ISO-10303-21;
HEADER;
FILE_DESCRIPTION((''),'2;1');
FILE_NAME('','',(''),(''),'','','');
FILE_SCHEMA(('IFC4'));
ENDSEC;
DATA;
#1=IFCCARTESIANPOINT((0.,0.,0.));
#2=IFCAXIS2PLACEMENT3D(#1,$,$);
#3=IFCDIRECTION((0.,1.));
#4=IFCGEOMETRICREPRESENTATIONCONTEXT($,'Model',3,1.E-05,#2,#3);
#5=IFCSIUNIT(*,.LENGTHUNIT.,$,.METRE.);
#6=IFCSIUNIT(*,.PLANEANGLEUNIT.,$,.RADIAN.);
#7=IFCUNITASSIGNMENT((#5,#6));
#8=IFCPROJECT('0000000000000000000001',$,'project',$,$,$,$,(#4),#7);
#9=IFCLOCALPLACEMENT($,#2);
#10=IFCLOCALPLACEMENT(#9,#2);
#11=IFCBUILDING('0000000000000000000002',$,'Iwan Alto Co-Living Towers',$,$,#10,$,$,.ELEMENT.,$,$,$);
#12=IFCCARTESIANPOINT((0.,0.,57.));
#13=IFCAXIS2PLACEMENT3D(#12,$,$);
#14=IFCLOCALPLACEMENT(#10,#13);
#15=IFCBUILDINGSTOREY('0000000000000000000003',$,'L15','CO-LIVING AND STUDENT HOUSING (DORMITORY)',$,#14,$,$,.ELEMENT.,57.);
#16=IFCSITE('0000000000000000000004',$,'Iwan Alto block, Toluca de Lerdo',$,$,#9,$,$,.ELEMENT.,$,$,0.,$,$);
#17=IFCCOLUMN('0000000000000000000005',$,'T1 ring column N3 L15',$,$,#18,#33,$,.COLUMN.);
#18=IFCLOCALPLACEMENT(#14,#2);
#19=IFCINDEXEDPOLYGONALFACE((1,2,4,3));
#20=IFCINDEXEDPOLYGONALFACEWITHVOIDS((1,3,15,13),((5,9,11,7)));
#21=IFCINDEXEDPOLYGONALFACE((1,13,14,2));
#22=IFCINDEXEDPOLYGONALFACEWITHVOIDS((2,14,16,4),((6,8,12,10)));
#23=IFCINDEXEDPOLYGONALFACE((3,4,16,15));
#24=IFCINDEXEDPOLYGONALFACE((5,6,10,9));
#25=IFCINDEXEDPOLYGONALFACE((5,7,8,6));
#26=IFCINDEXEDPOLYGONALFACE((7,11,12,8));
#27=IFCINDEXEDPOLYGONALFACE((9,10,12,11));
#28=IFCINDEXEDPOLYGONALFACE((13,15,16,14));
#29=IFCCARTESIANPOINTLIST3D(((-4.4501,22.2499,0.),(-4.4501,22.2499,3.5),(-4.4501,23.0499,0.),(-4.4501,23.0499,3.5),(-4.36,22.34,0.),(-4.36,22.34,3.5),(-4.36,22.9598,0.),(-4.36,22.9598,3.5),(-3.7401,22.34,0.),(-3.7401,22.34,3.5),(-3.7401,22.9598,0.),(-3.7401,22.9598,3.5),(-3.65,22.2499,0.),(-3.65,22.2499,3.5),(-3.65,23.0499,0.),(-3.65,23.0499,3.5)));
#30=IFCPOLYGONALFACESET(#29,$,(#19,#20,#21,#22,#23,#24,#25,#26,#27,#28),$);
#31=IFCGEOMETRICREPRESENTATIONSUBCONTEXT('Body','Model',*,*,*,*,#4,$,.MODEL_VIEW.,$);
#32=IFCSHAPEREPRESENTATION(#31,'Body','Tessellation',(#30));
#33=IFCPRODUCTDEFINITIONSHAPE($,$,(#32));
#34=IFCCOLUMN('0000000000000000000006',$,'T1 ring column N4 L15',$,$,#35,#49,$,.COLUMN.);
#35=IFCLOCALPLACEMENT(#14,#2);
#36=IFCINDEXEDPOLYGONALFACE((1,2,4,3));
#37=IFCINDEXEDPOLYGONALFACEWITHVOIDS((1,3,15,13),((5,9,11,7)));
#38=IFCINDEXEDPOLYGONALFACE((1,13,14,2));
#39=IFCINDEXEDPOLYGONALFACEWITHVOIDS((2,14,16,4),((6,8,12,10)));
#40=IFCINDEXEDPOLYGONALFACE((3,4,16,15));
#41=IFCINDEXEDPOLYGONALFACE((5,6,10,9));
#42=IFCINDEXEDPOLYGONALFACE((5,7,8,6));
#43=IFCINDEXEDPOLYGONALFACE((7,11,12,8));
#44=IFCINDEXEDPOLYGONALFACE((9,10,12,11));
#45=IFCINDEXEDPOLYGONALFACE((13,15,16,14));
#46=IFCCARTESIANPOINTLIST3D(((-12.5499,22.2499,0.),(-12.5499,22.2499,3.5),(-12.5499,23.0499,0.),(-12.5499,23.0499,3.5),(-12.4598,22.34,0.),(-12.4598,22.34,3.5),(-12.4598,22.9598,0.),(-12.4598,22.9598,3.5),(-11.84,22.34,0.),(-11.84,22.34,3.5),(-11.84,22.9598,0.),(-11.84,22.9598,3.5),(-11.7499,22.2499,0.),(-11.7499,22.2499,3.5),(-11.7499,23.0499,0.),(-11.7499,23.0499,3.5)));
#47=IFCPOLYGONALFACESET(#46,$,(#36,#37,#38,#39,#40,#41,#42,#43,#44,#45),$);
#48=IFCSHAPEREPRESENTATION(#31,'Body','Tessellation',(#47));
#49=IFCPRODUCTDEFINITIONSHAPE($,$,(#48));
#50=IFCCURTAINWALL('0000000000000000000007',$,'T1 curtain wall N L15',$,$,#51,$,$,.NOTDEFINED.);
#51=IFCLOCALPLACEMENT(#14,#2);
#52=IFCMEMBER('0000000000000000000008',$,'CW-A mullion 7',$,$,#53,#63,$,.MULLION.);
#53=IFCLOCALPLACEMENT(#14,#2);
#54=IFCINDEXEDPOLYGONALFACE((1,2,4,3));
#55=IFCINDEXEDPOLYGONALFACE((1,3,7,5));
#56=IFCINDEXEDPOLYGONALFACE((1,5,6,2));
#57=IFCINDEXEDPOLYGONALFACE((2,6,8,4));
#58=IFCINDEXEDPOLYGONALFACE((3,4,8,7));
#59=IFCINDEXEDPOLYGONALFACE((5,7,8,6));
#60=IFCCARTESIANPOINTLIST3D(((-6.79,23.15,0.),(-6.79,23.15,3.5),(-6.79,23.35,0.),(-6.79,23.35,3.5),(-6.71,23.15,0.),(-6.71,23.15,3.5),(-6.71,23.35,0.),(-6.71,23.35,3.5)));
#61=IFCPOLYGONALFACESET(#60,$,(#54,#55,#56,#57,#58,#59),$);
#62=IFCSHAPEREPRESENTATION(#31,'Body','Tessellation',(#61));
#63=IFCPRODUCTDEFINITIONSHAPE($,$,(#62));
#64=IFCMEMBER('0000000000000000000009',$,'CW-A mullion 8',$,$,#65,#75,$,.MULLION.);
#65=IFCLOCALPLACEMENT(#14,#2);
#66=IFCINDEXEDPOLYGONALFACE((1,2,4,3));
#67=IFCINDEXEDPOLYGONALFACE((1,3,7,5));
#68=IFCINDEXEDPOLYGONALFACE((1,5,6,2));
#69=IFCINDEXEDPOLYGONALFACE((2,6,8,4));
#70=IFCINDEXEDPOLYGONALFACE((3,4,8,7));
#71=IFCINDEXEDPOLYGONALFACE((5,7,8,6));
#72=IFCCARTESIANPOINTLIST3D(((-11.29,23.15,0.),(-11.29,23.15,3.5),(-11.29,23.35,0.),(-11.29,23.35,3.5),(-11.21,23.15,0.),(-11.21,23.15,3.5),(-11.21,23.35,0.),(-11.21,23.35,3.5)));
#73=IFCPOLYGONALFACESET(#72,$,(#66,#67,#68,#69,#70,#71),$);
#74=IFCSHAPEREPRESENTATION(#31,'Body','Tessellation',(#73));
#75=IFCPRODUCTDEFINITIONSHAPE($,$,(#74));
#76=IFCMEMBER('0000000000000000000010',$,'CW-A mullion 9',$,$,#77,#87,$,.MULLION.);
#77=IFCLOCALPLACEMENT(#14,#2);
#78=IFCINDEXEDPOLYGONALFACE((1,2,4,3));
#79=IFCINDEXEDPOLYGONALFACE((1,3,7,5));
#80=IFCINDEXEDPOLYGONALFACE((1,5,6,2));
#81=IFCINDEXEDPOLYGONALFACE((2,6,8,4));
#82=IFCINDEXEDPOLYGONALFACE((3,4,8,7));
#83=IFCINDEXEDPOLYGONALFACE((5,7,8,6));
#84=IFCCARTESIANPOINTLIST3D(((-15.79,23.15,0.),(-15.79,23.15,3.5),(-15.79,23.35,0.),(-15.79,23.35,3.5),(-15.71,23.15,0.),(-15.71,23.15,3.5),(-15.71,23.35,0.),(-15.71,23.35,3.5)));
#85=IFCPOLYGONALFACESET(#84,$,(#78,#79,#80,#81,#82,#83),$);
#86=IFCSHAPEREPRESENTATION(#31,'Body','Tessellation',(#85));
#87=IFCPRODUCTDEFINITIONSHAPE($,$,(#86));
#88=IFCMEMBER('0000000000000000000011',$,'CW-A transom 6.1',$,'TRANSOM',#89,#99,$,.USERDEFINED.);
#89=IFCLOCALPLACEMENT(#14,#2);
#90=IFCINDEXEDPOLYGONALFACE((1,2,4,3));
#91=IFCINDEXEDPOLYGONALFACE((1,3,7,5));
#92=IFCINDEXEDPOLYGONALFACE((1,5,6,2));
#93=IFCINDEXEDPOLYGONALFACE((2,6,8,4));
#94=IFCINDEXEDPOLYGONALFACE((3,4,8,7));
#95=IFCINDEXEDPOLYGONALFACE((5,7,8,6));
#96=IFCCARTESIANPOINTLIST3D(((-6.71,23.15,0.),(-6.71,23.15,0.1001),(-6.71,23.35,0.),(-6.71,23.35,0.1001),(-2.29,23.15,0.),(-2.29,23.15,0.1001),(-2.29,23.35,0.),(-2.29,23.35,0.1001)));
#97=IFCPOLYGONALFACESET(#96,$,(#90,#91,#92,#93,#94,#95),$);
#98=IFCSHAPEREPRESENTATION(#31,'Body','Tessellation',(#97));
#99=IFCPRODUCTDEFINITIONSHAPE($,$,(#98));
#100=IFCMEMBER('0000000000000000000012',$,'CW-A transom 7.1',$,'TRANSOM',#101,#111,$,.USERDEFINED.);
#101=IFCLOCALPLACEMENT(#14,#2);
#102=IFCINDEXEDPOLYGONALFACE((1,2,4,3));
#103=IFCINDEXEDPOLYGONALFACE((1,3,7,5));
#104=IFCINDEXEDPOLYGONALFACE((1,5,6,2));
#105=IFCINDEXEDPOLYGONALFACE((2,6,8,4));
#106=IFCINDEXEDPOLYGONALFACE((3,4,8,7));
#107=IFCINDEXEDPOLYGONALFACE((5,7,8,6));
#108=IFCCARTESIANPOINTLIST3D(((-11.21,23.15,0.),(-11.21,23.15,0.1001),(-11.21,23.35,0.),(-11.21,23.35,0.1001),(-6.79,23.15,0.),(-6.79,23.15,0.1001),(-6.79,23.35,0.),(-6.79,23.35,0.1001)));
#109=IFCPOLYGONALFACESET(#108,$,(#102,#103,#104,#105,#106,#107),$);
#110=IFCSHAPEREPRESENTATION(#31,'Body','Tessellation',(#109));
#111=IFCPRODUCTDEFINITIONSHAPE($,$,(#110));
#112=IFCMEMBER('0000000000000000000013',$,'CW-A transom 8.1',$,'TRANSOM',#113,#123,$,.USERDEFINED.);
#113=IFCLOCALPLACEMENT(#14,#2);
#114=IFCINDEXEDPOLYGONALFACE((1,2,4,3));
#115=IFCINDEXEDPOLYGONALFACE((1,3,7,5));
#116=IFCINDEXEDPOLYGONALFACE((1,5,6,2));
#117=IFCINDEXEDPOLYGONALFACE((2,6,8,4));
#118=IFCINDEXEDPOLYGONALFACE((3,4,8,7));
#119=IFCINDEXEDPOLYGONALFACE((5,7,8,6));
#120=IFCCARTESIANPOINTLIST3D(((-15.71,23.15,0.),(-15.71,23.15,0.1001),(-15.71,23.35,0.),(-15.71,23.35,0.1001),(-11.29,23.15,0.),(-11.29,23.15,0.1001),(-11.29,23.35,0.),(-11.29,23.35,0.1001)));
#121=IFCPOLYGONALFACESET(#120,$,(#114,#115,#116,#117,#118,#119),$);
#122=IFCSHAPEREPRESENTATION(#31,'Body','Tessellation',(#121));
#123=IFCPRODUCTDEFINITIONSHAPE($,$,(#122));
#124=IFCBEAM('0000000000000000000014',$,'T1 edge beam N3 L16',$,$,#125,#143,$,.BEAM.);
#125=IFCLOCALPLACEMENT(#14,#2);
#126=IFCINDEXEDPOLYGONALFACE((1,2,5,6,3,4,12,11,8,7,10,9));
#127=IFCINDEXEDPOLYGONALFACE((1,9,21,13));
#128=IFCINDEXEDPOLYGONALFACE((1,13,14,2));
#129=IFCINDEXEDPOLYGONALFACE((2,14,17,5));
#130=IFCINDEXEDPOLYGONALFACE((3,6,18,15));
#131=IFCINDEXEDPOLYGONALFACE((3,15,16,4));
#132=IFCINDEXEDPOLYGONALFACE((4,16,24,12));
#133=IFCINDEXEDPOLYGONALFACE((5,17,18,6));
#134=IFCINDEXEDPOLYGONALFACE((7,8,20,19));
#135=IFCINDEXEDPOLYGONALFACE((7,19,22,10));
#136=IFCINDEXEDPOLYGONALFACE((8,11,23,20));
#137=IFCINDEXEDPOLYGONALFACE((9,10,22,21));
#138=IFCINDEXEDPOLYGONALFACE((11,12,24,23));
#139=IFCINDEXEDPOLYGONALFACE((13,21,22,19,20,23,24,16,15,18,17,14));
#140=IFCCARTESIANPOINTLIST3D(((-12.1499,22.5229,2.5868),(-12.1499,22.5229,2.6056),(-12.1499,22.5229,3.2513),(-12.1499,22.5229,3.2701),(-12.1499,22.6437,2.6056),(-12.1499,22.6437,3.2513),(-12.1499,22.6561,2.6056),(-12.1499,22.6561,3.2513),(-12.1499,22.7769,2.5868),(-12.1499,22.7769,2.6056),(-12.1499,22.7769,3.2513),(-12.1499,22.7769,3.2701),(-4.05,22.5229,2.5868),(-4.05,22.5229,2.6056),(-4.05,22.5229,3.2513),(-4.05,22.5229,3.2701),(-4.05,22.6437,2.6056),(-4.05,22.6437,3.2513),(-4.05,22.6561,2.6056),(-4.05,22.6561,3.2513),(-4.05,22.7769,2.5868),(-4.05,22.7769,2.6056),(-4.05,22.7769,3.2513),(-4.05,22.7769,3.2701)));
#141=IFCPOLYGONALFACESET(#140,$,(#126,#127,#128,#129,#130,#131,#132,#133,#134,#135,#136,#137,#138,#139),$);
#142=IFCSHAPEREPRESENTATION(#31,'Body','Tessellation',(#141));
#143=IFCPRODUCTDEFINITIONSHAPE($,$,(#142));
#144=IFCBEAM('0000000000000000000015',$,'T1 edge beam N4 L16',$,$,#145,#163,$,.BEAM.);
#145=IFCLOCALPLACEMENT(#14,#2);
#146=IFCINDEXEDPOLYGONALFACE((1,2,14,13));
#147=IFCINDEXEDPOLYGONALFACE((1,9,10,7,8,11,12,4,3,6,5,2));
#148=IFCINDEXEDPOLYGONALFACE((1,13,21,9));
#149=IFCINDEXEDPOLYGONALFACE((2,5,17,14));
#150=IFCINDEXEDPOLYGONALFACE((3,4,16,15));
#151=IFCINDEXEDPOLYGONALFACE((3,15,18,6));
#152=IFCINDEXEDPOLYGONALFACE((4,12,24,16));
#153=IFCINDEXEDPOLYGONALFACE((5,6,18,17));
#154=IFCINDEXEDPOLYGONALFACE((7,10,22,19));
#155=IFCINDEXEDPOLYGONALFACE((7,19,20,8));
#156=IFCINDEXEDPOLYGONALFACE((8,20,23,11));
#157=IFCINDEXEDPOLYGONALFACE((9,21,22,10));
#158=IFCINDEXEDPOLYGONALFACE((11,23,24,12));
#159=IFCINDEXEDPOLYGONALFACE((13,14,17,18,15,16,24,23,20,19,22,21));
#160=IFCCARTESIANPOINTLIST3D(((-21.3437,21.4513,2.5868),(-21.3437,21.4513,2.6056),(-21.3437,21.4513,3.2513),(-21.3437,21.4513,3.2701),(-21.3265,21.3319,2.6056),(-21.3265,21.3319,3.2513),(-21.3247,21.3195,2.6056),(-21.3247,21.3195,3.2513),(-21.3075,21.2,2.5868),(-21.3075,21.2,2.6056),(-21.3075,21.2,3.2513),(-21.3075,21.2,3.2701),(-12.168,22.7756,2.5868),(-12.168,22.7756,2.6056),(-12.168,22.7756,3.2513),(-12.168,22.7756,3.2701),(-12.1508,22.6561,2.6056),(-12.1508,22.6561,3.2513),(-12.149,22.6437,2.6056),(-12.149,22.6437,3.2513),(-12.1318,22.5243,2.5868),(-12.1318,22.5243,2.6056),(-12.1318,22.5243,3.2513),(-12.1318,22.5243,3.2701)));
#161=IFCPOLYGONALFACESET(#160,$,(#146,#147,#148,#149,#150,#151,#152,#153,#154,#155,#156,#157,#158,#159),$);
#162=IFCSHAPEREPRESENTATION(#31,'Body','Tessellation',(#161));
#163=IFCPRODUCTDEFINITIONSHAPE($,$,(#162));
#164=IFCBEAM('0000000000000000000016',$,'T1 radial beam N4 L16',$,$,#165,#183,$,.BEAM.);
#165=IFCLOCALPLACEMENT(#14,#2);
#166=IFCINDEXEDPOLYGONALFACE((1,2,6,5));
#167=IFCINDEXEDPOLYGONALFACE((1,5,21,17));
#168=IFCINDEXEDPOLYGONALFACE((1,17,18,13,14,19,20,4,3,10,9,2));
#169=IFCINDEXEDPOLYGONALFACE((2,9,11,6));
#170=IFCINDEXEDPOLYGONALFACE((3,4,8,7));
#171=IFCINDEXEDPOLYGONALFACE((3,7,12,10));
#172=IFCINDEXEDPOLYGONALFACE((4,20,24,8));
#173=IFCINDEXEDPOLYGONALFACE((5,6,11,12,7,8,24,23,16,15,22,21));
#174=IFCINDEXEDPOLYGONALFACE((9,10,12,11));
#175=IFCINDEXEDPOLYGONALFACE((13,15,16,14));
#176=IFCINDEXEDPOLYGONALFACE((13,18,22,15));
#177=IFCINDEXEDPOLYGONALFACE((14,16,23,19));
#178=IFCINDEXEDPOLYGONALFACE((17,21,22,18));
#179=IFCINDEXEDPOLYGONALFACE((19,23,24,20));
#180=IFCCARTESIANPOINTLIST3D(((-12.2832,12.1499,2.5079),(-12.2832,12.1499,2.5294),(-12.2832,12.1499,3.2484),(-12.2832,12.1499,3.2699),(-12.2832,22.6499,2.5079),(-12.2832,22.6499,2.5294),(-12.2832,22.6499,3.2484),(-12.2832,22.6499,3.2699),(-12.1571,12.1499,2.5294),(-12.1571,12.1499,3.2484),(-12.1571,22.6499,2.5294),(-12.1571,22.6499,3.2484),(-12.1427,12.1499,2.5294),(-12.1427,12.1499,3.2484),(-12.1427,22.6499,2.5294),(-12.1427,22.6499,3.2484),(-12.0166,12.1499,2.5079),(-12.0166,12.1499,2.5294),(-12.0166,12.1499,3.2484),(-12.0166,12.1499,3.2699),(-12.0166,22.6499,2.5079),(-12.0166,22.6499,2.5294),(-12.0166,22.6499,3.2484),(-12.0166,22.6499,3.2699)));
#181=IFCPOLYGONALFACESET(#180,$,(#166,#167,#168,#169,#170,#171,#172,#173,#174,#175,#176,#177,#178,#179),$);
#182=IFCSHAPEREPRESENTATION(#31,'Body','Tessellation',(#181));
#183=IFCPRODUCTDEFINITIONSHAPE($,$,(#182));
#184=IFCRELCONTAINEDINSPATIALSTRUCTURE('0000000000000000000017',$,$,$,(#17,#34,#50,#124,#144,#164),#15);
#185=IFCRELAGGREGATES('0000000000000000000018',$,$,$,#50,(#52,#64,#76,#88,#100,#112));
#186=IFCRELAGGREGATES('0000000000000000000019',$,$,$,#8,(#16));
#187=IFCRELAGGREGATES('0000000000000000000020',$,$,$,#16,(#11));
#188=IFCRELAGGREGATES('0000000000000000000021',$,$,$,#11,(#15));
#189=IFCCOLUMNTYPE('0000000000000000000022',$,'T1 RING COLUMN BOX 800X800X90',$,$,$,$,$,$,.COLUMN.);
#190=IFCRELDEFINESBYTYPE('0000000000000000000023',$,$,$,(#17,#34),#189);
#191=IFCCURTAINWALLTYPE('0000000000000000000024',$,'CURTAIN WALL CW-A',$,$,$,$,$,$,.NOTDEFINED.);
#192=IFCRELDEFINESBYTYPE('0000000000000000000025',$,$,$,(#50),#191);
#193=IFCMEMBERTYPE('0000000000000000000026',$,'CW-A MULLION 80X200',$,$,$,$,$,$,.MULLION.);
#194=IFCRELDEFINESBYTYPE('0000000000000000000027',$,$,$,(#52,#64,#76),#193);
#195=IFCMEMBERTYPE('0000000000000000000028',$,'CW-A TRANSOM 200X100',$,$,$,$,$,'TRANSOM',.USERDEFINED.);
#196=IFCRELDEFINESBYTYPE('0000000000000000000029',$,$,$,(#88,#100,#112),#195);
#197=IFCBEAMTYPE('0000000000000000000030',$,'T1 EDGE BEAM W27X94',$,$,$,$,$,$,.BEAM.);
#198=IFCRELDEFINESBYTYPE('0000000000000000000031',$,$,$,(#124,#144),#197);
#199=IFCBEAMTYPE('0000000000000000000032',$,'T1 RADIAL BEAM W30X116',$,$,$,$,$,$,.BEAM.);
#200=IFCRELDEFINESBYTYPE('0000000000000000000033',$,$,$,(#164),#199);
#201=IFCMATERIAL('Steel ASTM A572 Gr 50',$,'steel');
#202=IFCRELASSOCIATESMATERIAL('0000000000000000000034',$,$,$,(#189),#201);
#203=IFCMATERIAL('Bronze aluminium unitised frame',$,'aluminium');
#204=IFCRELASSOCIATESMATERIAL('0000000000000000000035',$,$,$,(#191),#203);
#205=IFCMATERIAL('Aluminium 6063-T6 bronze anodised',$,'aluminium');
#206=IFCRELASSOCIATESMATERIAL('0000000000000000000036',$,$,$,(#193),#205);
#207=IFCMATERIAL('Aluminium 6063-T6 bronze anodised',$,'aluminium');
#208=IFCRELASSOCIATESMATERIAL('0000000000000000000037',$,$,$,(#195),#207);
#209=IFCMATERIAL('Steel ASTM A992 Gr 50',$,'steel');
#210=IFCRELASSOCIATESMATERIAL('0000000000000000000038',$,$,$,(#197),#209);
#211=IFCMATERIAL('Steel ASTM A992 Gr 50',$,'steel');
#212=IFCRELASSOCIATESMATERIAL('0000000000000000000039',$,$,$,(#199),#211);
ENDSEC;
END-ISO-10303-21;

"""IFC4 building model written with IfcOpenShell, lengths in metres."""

from ifc_helpers import new_model, si_unit, direction, frame, origin, origin_2d, place, context, subcontext, project, spatial, rectangle, hollow_rectangle, i_section, extrude, material, material_profile, profile_set, type_object, element, aggregate, save


model = new_model("IFC4")

# Units and contexts
model_context = context("Model", 3, precision=1e-05, world=origin(), true_north=direction((0.0, 1.0)))
body_context = subcontext(model_context, "Body", "Model", "MODEL_VIEW")
ifc_project = project(units=[si_unit("LENGTHUNIT", "METRE"), si_unit("PLANEANGLEUNIT", "RADIAN")], contexts=[model_context])

# Site, building, storey
site_placement = place(None, origin())
site = spatial("IfcSite", under=ifc_project, at=site_placement, Name="Iwan Alto block, Toluca de Lerdo", CompositionType="ELEMENT", RefElevation=0.0)
building_placement = place(site_placement, origin())
building = spatial("IfcBuilding", under=site, at=building_placement, Name="Iwan Alto Co-Living Towers", CompositionType="ELEMENT")
storey_placement = place(building_placement, frame((0.0, 0.0, 57.0)))
storey = spatial("IfcBuildingStorey", under=building, at=storey_placement, Name="L15", Description="CO-LIVING AND STUDENT HOUSING (DORMITORY)", CompositionType="ELEMENT", Elevation=57.0)

# Columns
ifc_material_1 = material(Name="Steel ASTM A572 Gr 50", Category="steel")
ifc_material_profile_1 = material_profile(ifc_material_1, hollow_rectangle(XDim=0.8, YDim=0.8, WallThickness=0.0901, at=origin_2d()), Name="BOX 800X800X90")
ifc_profile_set_1 = profile_set([ifc_material_profile_1], Name="Steel ASTM A572 Gr 50")
column_type = type_object("IfcColumnType", Name="T1 RING COLUMN BOX 800X800X90", PredefinedType="COLUMN", material=ifc_profile_set_1)
for number, where, z_axis, x_axis, name in (
    (1, (-4.05, 22.6499, 0.0), (0.0, 0.0, 1.0), (1.0, 0.0, 0.0), "T1 ring column N3 L15"),
    (2, (-12.1499, 22.6499, 0.0), (0.0, 0.0, 1.0), (1.0, 0.0, 0.0), "T1 ring column N4 L15"),
):
    element("IfcColumn", number, at=place(storey_placement, frame(where, z_axis=z_axis, x_axis=x_axis)), inside=storey, type_object=column_type, Name=name, PredefinedType="COLUMN", context=body_context, shape_type="SweptSolid", body=[
        extrude(hollow_rectangle(XDim=0.8, YDim=0.8, WallThickness=0.0901, at=origin_2d()), origin(), (0.0, 0.0, 1.0), 3.5),
    ])

# Curtain wall, members
ifc_material_2 = material(Name="Bronze aluminium unitised frame", Category="aluminium")
curtain_wall_type = type_object("IfcCurtainWallType", Name="CURTAIN WALL CW-A", PredefinedType="NOTDEFINED", material=ifc_material_2)
curtain_wall_placement = place(storey_placement, origin())
curtain_wall = element("IfcCurtainWall", 3, at=curtain_wall_placement, inside=storey, type_object=curtain_wall_type, Name="T1 curtain wall N L15", PredefinedType="NOTDEFINED")
ifc_material_3 = material(Name="Aluminium 6063-T6 bronze anodised", Category="aluminium")
ifc_material_profile_2 = material_profile(ifc_material_3, rectangle(XDim=0.2, YDim=0.0801, at=origin_2d()), Name="AL 80X200")
ifc_profile_set_2 = profile_set([ifc_material_profile_2], Name="Aluminium 6063-T6 bronze anodised")
member_type_1 = type_object("IfcMemberType", Name="CW-A MULLION 80X200", PredefinedType="MULLION", material=ifc_profile_set_2)
member_1_placement = place(storey_placement, frame((-6.75, 23.25, 0.0), z_axis=(0.0, 0.0, 1.0), x_axis=(0.0, -1.0, 0.0)))
member_1 = element("IfcMember", 4, at=member_1_placement, type_object=member_type_1, Name="CW-A mullion 7", PredefinedType="MULLION", context=body_context, shape_type="SweptSolid", body=[
    extrude(rectangle(XDim=0.2, YDim=0.0801, at=origin_2d()), origin(), (0.0, 0.0, 1.0), 3.5),
])
member_2_placement = place(storey_placement, frame((-11.25, 23.25, 0.0), z_axis=(0.0, 0.0, 1.0), x_axis=(0.0, -1.0, 0.0)))
member_2 = element("IfcMember", 5, at=member_2_placement, type_object=member_type_1, Name="CW-A mullion 8", PredefinedType="MULLION", context=body_context, shape_type="SweptSolid", body=[
    extrude(rectangle(XDim=0.2, YDim=0.0801, at=origin_2d()), origin(), (0.0, 0.0, 1.0), 3.5),
])
member_3_placement = place(storey_placement, frame((-15.75, 23.25, 0.0), z_axis=(0.0, 0.0, 1.0), x_axis=(0.0, -1.0, 0.0)))
member_3 = element("IfcMember", 6, at=member_3_placement, type_object=member_type_1, Name="CW-A mullion 9", PredefinedType="MULLION", context=body_context, shape_type="SweptSolid", body=[
    extrude(rectangle(XDim=0.2, YDim=0.0801, at=origin_2d()), origin(), (0.0, 0.0, 1.0), 3.5),
])
ifc_material_4 = material(Name="Aluminium 6063-T6 bronze anodised", Category="aluminium")
ifc_material_profile_3 = material_profile(ifc_material_4, rectangle(XDim=0.2, YDim=0.1001, at=origin_2d()), Name="AL 200X100")
ifc_profile_set_3 = profile_set([ifc_material_profile_3], Name="Aluminium 6063-T6 bronze anodised")
member_type_2 = type_object("IfcMemberType", Name="CW-A TRANSOM 200X100", ElementType="TRANSOM", PredefinedType="USERDEFINED", material=ifc_profile_set_3)
member_4_placement = place(storey_placement, frame((-2.29, 23.25, 0.05), z_axis=(-1.0, 0.0, 0.0), x_axis=(0.0, -1.0, 0.0)))
member_4 = element("IfcMember", 7, at=member_4_placement, type_object=member_type_2, Name="CW-A transom 6.1", ObjectType="TRANSOM", PredefinedType="USERDEFINED", context=body_context, shape_type="SweptSolid", body=[
    extrude(rectangle(XDim=0.2, YDim=0.1001, at=origin_2d()), origin(), (0.0, 0.0, 1.0), 4.4199),
])
member_5_placement = place(storey_placement, frame((-6.79, 23.25, 0.05), z_axis=(-1.0, 0.0, 0.0), x_axis=(0.0, -1.0, 0.0)))
member_5 = element("IfcMember", 8, at=member_5_placement, type_object=member_type_2, Name="CW-A transom 7.1", ObjectType="TRANSOM", PredefinedType="USERDEFINED", context=body_context, shape_type="SweptSolid", body=[
    extrude(rectangle(XDim=0.2, YDim=0.1001, at=origin_2d()), origin(), (0.0, 0.0, 1.0), 4.4199),
])
member_6_placement = place(storey_placement, frame((-11.29, 23.25, 0.05), z_axis=(-1.0, 0.0, 0.0), x_axis=(0.0, -1.0, 0.0)))
member_6 = element("IfcMember", 9, at=member_6_placement, type_object=member_type_2, Name="CW-A transom 8.1", ObjectType="TRANSOM", PredefinedType="USERDEFINED", context=body_context, shape_type="SweptSolid", body=[
    extrude(rectangle(XDim=0.2, YDim=0.1001, at=origin_2d()), origin(), (0.0, 0.0, 1.0), 4.4199),
])

# Beams
ifc_material_5 = material(Name="Steel ASTM A992 Gr 50", Category="steel")
ifc_material_profile_4 = material_profile(ifc_material_5, i_section(OverallWidth=0.2539, OverallDepth=0.6833, WebThickness=0.0125, FlangeThickness=0.0188, at=origin_2d()), Name="W27X94")
ifc_profile_set_4 = profile_set([ifc_material_profile_4], Name="Steel ASTM A992 Gr 50")
beam_type_1 = type_object("IfcBeamType", Name="T1 EDGE BEAM W27X94", PredefinedType="BEAM", material=ifc_profile_set_4)
beam_1_placement = place(storey_placement, frame((-4.05, 22.6499, 2.9285), z_axis=(-1.0, 0.0, 0.0), x_axis=(0.0, -1.0, 0.0)))
element("IfcBeam", 10, at=beam_1_placement, inside=storey, type_object=beam_type_1, Name="T1 edge beam N3 L16", PredefinedType="BEAM", context=body_context, shape_type="SweptSolid", body=[
    extrude(i_section(OverallWidth=0.2539, OverallDepth=0.6833, WebThickness=0.0125, FlangeThickness=0.0188, at=origin_2d()), origin(), (0.0, 0.0, 1.0), 8.0999),
])
beam_2_placement = place(storey_placement, frame((-12.1499, 22.6499, 2.9285), z_axis=(-0.989746, -0.142837, 0.0), x_axis=(0.142837, -0.989746, 0.0)))
element("IfcBeam", 11, at=beam_2_placement, inside=storey, type_object=beam_type_1, Name="T1 edge beam N4 L16", PredefinedType="BEAM", context=body_context, shape_type="SweptSolid", body=[
    extrude(i_section(OverallWidth=0.2539, OverallDepth=0.6833, WebThickness=0.0125, FlangeThickness=0.0188, at=origin_2d()), origin(), (0.0, 0.0, 1.0), 9.2708),
])
ifc_material_6 = material(Name="Steel ASTM A992 Gr 50", Category="steel")
ifc_material_profile_5 = material_profile(ifc_material_6, i_section(OverallWidth=0.2666, OverallDepth=0.762, WebThickness=0.0144, FlangeThickness=0.0215, at=origin_2d()), Name="W30X116")
ifc_profile_set_5 = profile_set([ifc_material_profile_5], Name="Steel ASTM A992 Gr 50")
beam_type_2 = type_object("IfcBeamType", Name="T1 RADIAL BEAM W30X116", PredefinedType="BEAM", material=ifc_profile_set_5)
beam_3_placement = place(storey_placement, frame((-12.1499, 22.6499, 2.8889), z_axis=(0.0, -1.0, 0.0), x_axis=(1.0, 0.0, 0.0)))
element("IfcBeam", 12, at=beam_3_placement, inside=storey, type_object=beam_type_2, Name="T1 radial beam N4 L16", PredefinedType="BEAM", context=body_context, shape_type="SweptSolid", body=[
    extrude(i_section(OverallWidth=0.2666, OverallDepth=0.762, WebThickness=0.0144, FlangeThickness=0.0215, at=origin_2d()), origin(), (0.0, 0.0, 1.0), 10.5),
])

aggregate(curtain_wall, [member_1, member_2, member_3, member_4, member_5, member_6])

save(model, "model.ifc")
